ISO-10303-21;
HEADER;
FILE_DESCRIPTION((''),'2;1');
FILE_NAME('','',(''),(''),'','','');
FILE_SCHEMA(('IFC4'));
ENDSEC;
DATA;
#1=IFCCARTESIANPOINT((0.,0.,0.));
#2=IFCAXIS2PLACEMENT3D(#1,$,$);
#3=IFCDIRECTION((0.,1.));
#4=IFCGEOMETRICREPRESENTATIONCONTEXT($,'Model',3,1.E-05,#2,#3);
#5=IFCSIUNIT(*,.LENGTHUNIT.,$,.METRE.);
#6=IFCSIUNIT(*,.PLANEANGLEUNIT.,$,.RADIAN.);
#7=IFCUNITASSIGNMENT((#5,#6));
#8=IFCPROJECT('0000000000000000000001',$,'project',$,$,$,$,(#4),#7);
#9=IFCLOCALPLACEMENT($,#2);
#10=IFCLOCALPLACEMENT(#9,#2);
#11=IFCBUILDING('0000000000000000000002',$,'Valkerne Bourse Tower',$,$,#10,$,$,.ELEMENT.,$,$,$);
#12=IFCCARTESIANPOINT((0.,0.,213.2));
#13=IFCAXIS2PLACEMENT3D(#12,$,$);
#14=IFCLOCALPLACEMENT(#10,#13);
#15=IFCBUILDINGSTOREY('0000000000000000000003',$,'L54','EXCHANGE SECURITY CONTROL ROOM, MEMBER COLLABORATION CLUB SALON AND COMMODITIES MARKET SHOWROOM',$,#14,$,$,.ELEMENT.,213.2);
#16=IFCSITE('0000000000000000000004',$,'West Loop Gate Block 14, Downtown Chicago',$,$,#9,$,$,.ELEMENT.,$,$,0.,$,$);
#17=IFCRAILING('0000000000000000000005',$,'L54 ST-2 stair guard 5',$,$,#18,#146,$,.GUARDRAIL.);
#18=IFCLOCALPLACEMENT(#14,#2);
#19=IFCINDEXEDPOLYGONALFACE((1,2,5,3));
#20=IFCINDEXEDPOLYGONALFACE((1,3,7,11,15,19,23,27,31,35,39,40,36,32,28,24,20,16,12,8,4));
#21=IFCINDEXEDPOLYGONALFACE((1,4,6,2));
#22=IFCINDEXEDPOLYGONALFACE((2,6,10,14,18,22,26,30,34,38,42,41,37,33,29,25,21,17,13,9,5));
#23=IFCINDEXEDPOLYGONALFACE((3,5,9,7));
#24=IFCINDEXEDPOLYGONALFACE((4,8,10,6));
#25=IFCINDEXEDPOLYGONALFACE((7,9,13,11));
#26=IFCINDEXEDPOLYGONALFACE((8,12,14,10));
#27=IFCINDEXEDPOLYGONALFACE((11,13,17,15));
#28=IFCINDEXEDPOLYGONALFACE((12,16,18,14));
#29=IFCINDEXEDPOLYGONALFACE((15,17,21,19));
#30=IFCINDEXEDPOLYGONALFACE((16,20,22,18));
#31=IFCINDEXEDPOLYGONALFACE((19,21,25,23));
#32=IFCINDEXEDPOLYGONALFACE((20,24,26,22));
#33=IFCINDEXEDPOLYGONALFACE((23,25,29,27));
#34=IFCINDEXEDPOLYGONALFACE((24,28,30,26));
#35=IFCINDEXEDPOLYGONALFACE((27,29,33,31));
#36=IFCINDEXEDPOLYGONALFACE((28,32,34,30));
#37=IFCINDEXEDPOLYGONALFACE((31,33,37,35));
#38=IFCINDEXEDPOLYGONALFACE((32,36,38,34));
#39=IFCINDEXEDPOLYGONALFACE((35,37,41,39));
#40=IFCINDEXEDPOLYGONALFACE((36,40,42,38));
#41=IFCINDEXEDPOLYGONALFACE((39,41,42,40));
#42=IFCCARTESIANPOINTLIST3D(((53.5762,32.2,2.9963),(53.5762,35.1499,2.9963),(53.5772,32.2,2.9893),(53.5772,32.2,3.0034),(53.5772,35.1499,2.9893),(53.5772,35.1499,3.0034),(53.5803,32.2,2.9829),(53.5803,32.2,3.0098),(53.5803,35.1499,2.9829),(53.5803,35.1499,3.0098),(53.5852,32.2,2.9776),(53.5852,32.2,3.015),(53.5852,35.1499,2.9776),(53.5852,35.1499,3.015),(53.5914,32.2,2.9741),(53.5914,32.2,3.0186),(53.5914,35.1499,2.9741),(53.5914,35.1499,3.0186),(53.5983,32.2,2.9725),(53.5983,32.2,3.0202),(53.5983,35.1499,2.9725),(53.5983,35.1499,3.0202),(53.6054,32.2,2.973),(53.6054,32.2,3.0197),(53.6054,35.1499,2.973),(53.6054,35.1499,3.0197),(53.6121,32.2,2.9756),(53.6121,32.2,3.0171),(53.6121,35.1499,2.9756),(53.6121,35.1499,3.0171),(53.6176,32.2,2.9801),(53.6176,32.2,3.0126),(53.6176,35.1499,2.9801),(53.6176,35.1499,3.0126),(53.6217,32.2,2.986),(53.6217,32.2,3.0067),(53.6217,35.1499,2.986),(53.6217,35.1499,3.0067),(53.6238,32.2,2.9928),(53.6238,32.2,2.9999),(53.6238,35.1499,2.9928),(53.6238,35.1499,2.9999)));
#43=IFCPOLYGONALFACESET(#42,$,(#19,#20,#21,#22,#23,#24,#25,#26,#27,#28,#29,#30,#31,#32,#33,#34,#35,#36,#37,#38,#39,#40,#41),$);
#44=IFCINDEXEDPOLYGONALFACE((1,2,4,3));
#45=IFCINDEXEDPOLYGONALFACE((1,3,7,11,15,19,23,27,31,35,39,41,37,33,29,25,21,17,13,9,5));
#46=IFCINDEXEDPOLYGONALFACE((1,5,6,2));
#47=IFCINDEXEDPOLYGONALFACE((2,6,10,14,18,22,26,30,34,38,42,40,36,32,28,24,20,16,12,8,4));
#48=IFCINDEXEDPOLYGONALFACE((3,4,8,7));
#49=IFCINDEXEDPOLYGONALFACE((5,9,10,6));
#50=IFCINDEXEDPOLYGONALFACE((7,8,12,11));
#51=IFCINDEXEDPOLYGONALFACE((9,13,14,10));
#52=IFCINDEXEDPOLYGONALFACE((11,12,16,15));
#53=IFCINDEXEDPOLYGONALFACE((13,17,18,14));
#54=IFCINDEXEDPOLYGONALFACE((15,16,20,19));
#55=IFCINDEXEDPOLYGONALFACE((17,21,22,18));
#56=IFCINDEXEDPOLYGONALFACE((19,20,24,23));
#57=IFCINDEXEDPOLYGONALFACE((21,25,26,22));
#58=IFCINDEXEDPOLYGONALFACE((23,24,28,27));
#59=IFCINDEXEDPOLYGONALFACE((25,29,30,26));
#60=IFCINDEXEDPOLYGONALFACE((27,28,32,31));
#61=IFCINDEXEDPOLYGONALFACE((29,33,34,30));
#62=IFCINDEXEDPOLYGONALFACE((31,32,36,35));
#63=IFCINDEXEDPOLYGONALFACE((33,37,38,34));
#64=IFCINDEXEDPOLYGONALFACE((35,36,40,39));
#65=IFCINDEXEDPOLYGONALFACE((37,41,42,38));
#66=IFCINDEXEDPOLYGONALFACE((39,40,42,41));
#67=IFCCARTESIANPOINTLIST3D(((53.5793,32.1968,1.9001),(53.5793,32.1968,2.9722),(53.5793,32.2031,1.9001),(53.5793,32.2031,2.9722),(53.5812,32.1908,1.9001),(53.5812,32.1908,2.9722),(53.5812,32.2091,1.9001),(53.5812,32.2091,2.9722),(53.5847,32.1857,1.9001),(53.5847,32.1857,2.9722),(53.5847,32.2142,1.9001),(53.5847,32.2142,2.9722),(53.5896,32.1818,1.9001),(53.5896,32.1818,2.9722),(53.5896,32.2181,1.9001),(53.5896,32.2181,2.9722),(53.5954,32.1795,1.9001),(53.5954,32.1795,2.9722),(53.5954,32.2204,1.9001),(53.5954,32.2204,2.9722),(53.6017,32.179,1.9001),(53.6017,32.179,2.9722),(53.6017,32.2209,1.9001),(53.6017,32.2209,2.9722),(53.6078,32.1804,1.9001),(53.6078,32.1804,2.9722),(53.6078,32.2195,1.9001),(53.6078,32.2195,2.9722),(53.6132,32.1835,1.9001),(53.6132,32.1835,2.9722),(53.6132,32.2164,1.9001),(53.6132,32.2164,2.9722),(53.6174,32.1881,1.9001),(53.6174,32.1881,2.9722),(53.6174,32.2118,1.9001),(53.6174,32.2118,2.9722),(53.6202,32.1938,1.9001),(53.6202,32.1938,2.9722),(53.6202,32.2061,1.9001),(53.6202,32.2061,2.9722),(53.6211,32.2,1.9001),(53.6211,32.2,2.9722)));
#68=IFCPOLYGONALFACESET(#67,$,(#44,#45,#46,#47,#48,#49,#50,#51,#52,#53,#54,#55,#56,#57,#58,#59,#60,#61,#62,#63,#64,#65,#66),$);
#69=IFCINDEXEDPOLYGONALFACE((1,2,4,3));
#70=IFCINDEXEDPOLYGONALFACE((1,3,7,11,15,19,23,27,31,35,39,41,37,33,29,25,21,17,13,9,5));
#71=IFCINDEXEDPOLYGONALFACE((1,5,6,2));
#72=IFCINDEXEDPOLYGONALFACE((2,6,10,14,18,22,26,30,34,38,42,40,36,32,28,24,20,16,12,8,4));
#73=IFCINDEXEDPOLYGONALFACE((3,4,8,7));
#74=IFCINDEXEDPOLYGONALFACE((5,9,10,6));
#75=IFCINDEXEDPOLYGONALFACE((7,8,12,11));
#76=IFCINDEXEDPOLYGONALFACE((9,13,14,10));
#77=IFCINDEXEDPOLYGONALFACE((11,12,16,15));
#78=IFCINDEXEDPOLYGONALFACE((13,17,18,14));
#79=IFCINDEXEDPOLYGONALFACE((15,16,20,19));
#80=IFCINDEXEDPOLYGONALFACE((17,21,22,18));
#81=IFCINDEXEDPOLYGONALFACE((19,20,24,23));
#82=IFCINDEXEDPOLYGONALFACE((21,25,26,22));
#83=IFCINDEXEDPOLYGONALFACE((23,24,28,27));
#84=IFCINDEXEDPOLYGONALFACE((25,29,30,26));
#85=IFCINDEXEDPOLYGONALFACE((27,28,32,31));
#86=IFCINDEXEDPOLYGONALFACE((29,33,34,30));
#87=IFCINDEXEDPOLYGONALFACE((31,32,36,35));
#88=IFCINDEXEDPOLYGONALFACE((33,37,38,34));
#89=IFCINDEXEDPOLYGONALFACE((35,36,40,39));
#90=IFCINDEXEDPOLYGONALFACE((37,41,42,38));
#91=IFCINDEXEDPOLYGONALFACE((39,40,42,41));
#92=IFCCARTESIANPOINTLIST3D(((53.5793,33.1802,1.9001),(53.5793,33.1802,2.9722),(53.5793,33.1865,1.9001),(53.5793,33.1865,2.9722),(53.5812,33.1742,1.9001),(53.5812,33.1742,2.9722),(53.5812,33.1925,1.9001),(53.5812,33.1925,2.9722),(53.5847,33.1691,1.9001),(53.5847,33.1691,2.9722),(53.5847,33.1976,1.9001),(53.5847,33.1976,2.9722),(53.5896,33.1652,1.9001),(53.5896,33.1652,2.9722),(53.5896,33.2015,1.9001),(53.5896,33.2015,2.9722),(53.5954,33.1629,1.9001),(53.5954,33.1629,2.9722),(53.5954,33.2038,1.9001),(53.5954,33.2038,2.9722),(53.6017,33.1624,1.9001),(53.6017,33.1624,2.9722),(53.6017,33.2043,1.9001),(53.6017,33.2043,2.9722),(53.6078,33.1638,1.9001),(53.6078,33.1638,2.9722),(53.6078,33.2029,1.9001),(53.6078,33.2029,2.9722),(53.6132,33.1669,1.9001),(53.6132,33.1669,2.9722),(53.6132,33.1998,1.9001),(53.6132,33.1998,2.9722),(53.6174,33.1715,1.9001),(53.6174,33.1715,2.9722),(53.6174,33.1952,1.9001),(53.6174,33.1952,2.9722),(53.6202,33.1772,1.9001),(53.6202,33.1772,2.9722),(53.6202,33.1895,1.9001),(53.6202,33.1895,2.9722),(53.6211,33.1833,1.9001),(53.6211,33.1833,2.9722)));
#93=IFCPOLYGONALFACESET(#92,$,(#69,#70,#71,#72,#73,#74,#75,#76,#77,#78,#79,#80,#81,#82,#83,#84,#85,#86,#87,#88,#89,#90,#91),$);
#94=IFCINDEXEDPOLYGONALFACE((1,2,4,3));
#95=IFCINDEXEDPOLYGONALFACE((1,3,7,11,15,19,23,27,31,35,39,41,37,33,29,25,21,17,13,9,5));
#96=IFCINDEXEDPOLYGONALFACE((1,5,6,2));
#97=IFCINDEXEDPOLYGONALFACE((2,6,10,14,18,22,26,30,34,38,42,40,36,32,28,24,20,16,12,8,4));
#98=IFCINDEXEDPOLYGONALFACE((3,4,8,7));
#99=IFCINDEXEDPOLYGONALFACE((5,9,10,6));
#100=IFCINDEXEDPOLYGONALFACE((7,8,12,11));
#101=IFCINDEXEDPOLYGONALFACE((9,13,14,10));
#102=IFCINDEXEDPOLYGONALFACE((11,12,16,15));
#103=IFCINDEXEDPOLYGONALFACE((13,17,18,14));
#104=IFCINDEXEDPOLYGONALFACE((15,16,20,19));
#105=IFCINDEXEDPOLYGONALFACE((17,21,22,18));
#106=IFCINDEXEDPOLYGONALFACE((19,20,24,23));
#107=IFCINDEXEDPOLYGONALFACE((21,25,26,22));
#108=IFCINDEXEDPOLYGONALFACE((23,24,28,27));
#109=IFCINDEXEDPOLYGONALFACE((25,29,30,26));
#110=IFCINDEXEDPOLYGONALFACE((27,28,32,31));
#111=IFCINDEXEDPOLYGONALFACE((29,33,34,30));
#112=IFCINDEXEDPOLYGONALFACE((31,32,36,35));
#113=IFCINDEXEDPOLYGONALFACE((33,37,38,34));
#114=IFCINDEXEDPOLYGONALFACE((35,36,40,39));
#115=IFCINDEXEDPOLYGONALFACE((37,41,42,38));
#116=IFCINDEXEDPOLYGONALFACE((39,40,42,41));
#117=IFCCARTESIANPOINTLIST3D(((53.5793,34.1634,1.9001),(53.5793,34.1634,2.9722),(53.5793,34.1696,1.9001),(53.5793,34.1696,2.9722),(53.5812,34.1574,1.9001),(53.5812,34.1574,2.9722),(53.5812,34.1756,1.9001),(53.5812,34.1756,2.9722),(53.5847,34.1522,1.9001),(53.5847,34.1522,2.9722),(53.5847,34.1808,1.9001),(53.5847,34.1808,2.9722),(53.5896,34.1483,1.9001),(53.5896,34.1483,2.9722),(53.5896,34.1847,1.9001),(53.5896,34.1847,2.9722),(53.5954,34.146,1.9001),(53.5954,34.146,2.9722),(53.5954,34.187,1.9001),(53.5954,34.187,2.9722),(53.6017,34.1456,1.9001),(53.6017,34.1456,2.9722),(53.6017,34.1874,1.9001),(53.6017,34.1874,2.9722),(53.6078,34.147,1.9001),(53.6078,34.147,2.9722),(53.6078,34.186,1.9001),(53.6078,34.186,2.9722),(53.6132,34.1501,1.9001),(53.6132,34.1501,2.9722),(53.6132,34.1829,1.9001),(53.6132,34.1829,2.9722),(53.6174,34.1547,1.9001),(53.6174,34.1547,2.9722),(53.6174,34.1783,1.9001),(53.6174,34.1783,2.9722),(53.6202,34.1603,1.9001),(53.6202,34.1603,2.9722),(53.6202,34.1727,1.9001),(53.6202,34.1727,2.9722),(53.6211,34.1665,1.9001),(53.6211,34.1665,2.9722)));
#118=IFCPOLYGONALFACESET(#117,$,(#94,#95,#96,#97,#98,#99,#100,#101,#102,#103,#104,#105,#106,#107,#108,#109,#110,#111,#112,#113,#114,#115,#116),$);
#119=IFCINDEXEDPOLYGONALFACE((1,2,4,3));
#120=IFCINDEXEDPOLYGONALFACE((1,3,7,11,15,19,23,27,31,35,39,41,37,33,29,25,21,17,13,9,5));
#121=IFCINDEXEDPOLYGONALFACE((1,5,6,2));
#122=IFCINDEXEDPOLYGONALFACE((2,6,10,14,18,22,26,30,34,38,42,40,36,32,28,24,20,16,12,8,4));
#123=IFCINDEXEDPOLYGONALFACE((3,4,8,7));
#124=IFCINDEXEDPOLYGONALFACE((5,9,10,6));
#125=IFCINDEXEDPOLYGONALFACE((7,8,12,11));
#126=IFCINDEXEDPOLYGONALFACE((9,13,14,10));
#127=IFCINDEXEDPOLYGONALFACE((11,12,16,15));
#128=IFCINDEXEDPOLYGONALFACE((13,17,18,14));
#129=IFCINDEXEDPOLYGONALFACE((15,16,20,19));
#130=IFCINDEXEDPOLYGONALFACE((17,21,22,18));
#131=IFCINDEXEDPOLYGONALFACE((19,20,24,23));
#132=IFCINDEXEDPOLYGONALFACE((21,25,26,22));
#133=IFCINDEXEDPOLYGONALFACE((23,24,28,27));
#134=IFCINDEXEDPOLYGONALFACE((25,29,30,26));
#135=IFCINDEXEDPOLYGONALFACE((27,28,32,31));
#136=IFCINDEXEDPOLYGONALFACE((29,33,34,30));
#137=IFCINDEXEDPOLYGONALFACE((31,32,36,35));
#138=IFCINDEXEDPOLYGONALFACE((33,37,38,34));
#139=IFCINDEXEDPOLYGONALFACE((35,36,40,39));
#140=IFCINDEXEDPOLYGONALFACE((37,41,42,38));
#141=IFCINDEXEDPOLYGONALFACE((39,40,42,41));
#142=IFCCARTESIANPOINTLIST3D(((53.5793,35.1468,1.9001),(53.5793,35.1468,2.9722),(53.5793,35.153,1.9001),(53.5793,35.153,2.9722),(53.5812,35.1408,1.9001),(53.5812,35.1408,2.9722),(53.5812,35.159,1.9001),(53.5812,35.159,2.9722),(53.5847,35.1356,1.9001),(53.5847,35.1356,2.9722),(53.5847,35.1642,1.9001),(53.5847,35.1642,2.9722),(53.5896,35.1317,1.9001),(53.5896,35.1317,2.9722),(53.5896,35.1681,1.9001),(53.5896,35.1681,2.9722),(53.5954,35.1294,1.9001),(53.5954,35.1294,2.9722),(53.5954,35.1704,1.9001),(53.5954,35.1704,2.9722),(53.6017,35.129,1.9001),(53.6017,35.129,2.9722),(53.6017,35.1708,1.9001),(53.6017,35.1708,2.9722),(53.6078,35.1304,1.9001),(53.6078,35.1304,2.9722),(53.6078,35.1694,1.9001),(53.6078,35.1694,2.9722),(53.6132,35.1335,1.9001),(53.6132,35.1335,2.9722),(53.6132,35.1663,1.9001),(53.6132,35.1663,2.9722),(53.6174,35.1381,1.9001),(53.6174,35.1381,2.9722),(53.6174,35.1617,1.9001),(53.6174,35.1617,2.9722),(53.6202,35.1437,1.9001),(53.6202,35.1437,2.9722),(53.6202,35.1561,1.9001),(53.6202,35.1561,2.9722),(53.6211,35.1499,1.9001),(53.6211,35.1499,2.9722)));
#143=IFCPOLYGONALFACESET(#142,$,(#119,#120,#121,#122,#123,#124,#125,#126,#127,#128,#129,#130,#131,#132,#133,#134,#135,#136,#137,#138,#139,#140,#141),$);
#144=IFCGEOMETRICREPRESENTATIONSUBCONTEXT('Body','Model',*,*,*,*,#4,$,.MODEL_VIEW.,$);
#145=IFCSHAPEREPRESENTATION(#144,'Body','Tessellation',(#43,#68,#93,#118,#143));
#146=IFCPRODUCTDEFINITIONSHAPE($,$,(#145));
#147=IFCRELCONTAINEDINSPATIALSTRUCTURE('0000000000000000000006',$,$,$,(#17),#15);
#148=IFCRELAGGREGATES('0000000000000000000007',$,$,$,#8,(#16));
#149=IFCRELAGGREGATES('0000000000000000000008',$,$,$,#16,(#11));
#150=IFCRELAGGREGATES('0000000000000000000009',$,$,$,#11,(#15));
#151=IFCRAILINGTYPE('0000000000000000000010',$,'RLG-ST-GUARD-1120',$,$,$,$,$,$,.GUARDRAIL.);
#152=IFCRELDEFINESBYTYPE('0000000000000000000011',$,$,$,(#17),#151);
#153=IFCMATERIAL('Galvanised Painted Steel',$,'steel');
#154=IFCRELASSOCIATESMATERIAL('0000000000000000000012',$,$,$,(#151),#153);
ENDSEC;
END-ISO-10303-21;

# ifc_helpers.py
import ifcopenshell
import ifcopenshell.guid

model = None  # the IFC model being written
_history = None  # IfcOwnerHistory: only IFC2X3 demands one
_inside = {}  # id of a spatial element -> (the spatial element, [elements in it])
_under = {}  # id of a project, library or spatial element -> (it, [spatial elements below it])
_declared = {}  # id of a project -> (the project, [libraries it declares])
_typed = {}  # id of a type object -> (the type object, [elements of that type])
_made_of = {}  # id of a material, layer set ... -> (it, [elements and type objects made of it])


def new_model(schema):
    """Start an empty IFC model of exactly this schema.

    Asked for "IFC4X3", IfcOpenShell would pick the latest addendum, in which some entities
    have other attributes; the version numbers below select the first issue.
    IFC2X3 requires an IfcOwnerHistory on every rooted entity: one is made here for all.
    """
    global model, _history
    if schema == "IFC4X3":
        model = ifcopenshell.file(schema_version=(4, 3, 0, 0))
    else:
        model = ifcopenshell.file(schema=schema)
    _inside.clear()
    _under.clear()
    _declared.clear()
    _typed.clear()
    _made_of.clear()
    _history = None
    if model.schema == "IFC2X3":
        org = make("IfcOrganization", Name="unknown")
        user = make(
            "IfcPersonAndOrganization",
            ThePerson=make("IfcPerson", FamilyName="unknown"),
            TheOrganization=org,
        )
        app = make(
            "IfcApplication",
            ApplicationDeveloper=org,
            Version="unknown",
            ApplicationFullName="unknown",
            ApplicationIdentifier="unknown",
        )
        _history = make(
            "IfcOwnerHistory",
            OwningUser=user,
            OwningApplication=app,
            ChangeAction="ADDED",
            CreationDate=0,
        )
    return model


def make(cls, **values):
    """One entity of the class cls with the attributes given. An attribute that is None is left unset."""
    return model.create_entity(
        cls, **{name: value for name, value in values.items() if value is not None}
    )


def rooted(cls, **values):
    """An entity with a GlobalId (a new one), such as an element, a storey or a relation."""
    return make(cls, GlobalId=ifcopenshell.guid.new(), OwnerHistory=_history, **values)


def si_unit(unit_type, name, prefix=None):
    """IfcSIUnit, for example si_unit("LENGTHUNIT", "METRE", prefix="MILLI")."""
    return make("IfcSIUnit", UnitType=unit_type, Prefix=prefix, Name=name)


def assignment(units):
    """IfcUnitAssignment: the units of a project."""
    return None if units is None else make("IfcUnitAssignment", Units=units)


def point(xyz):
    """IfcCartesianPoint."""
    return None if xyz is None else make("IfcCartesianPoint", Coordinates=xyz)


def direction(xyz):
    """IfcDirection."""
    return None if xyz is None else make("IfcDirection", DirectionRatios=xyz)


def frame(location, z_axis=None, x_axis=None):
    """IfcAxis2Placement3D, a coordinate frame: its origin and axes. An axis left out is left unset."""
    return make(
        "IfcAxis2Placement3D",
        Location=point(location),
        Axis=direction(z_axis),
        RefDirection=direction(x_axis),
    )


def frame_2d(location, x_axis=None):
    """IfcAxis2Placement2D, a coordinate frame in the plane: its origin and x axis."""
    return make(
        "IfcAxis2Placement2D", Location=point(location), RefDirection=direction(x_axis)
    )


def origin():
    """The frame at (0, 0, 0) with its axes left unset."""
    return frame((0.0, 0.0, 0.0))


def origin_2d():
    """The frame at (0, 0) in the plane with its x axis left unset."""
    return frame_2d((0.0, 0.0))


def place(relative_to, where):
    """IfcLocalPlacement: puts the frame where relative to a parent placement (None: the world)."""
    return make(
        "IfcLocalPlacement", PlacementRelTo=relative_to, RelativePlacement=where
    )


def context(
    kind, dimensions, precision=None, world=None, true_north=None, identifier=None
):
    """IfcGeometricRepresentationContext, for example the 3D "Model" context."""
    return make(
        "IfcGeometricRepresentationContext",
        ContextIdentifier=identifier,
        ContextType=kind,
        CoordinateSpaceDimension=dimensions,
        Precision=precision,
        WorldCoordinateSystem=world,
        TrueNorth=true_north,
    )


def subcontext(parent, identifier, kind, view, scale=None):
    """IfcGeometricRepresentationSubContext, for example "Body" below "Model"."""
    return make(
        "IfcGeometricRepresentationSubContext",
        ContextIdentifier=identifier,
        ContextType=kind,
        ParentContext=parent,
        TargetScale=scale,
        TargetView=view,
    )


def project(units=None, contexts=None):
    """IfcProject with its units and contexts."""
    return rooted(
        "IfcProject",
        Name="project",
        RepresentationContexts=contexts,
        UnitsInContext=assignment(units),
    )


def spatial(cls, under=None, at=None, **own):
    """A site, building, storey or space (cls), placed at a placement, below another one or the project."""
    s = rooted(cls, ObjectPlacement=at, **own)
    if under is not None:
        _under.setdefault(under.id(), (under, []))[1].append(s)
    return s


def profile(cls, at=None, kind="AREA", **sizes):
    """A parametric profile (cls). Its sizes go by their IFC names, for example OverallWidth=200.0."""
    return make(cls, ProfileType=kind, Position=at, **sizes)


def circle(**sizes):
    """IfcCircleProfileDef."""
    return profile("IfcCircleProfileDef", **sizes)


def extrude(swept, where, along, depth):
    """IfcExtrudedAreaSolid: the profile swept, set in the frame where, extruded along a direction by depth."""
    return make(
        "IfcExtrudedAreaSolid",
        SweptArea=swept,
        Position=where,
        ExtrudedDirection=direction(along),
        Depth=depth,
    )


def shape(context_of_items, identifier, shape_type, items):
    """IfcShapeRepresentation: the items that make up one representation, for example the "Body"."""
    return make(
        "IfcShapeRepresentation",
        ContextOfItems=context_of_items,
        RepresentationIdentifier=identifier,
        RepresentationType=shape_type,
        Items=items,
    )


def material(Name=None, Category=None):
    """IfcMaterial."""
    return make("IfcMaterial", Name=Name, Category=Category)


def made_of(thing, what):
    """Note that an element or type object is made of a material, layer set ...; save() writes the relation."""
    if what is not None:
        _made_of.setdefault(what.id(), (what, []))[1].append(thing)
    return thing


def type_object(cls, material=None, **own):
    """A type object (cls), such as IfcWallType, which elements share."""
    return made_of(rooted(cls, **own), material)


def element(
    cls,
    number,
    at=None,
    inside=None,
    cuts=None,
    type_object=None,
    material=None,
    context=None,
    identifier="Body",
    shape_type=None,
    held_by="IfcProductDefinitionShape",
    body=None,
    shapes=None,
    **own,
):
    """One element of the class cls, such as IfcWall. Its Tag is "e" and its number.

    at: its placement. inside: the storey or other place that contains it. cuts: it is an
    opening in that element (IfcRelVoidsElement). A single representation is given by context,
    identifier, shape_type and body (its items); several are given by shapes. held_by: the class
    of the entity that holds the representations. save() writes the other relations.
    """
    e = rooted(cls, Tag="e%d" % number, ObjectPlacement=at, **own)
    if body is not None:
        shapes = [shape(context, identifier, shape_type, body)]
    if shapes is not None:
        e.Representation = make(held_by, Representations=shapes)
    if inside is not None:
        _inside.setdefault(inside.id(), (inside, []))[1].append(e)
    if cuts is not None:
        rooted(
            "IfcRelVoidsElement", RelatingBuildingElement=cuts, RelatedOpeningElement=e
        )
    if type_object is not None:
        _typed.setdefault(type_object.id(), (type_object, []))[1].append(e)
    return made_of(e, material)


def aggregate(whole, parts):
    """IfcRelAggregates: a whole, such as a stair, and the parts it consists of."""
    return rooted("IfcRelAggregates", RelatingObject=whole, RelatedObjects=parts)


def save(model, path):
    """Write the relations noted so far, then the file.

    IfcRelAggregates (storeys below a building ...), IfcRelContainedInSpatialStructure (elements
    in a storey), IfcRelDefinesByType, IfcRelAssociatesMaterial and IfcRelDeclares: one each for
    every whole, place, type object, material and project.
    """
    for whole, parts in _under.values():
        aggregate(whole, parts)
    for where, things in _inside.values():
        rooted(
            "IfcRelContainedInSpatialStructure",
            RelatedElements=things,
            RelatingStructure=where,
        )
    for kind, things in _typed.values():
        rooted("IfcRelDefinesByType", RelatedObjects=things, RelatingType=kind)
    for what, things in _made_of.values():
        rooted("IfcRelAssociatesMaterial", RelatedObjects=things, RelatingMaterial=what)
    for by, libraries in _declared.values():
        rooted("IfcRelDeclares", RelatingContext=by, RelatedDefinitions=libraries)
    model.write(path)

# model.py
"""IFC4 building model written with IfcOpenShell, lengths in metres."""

from ifc_helpers import new_model, si_unit, direction, frame, origin, origin_2d, place, context, subcontext, project, spatial, circle, extrude, material, type_object, element, save


model = new_model("IFC4")

# Units and contexts
model_context = context("Model", 3, precision=1e-05, world=origin(), true_north=direction((0.0, 1.0)))
body_context = subcontext(model_context, "Body", "Model", "MODEL_VIEW")
ifc_project = project(units=[si_unit("LENGTHUNIT", "METRE"), si_unit("PLANEANGLEUNIT", "RADIAN")], contexts=[model_context])

# Site, building, storey
site_placement = place(None, origin())
site = spatial("IfcSite", under=ifc_project, at=site_placement, Name="West Loop Gate Block 14, Downtown Chicago", CompositionType="ELEMENT", RefElevation=0.0)
building_placement = place(site_placement, origin())
building = spatial("IfcBuilding", under=site, at=building_placement, Name="Valkerne Bourse Tower", CompositionType="ELEMENT")
storey_placement = place(building_placement, frame((0.0, 0.0, 213.2)))
storey = spatial("IfcBuildingStorey", under=building, at=storey_placement, Name="L54", Description="EXCHANGE SECURITY CONTROL ROOM, MEMBER COLLABORATION CLUB SALON AND COMMODITIES MARKET SHOWROOM", CompositionType="ELEMENT", Elevation=213.2)

# Railing
ifc_material_1 = material(Name="Galvanised Painted Steel", Category="steel")
railing_type = type_object("IfcRailingType", Name="RLG-ST-GUARD-1120", PredefinedType="GUARDRAIL", material=ifc_material_1)
railing_1_placement = place(storey_placement, frame((53.6001, 32.2, 1.9001)))
element("IfcRailing", 1, at=railing_1_placement, inside=storey, type_object=railing_type, Name="L54 ST-2 stair guard 5", PredefinedType="GUARDRAIL", context=body_context, shape_type="SweptSolid", body=[
    extrude(circle(Radius=0.0239, at=origin_2d()), frame((0.0, 0.0, 1.0962), z_axis=(0.0, 1.0, 0.0), x_axis=(-1.0, 0.0, 0.0)), (0.0, 0.0, 1.0), 2.95),
    extrude(circle(Radius=0.021, at=origin_2d()), origin(), (0.0, 0.0, 1.0), 1.072),
    extrude(circle(Radius=0.021, at=origin_2d()), frame((0.0, 0.9834, 0.0)), (0.0, 0.0, 1.0), 1.072),
    extrude(circle(Radius=0.021, at=origin_2d()), frame((0.0, 1.9666, 0.0)), (0.0, 0.0, 1.0), 1.072),
    extrude(circle(Radius=0.021, at=origin_2d()), frame((0.0, 2.95, 0.0)), (0.0, 0.0, 1.0), 1.072),
])

save(model, "model.ifc")
